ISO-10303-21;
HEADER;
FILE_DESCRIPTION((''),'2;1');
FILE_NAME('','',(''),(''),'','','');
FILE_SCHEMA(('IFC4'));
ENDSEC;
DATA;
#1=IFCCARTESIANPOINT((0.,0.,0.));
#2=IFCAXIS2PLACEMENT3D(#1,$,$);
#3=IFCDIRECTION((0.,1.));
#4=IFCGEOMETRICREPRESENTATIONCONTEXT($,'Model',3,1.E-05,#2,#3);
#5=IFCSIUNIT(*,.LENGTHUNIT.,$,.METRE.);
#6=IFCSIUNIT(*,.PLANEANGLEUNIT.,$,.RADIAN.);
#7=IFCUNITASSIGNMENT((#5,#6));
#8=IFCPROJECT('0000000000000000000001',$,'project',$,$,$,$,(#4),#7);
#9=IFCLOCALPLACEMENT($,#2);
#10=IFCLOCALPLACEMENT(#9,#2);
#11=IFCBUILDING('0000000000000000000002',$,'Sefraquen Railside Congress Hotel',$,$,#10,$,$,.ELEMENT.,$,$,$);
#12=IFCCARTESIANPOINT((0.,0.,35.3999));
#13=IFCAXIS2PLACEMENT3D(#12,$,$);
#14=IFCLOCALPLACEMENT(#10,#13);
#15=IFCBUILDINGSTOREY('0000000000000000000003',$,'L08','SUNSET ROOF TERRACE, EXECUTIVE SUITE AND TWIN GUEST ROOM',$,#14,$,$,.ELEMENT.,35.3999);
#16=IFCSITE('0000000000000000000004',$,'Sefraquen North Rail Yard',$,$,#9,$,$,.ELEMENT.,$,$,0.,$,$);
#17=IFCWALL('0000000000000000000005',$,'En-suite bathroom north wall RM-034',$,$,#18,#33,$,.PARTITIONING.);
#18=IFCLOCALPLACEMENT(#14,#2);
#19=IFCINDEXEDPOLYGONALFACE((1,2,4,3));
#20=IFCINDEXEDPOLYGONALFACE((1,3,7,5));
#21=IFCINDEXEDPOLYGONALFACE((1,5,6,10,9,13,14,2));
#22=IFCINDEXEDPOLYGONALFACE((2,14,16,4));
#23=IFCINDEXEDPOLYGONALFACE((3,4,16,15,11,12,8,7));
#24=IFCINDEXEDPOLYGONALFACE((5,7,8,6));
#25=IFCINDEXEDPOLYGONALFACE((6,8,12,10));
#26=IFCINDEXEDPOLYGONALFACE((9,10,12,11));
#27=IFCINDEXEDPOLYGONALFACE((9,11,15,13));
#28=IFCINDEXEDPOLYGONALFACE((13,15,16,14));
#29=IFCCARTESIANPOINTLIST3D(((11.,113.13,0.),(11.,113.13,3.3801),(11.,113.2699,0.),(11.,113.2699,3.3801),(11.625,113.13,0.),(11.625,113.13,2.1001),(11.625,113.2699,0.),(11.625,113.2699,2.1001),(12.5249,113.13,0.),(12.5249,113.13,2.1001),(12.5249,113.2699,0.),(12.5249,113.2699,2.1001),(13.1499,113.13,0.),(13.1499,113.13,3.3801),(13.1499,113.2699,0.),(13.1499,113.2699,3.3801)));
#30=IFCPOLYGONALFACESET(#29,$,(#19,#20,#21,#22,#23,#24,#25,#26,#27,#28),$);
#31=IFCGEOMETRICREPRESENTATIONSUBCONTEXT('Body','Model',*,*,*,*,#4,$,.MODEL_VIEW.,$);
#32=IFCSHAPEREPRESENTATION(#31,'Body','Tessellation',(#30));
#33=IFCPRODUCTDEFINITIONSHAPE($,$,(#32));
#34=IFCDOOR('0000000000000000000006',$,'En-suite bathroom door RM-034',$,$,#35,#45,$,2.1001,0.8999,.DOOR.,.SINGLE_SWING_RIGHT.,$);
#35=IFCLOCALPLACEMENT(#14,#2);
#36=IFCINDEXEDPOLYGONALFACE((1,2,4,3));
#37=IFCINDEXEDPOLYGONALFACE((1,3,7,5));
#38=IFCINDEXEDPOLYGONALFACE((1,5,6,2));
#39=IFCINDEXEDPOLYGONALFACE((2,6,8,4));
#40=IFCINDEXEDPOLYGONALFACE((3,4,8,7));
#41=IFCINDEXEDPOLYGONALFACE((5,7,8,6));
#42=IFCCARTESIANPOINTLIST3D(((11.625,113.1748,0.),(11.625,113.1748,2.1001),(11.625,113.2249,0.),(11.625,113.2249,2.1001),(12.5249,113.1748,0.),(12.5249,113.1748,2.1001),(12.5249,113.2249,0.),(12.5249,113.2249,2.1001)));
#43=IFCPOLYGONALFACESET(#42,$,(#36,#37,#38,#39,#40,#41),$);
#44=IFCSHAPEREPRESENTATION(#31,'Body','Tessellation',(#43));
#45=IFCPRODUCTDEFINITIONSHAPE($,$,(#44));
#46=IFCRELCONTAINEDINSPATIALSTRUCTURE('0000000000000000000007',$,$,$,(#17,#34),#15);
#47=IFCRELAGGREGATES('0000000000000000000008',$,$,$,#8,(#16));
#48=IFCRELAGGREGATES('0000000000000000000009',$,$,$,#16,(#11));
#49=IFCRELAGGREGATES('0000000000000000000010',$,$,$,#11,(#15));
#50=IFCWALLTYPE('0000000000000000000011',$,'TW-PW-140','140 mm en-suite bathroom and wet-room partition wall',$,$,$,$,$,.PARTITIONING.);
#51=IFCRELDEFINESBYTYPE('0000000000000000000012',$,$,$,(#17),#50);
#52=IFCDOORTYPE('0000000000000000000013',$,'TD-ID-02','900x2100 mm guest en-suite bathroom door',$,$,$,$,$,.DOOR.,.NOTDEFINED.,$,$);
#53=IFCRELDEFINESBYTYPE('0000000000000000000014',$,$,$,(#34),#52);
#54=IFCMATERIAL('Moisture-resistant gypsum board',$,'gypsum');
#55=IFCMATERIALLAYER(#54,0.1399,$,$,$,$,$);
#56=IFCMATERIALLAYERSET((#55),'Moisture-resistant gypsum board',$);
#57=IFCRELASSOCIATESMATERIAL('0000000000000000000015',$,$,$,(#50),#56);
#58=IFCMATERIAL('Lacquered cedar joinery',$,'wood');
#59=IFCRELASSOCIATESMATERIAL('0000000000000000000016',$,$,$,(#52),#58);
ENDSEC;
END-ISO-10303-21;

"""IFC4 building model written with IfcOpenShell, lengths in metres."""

from ifc_helpers import new_model, si_unit, direction, frame, frame_2d, origin, place, context, subcontext, project, spatial, rectangle, extrude, material, layer, layer_set, type_object, element, fill, save


model = new_model("IFC4")

# Units and contexts
model_context = context("Model", 3, precision=1e-05, world=origin(), true_north=direction((0.0, 1.0)))
body_context = subcontext(model_context, "Body", "Model", "MODEL_VIEW")
ifc_project = project(units=[si_unit("LENGTHUNIT", "METRE"), si_unit("PLANEANGLEUNIT", "RADIAN")], contexts=[model_context])

# Site, building, storey
site_placement = place(None, origin())
site = spatial("IfcSite", under=ifc_project, at=site_placement, Name="Sefraquen North Rail Yard", CompositionType="ELEMENT", RefElevation=0.0)
building_placement = place(site_placement, origin())
building = spatial("IfcBuilding", under=site, at=building_placement, Name="Sefraquen Railside Congress Hotel", CompositionType="ELEMENT")
storey_placement = place(building_placement, frame((0.0, 0.0, 35.3999)))
storey = spatial("IfcBuildingStorey", under=building, at=storey_placement, Name="L08", Description="SUNSET ROOF TERRACE, EXECUTIVE SUITE AND TWIN GUEST ROOM", CompositionType="ELEMENT", Elevation=35.3999)

# Wall, opening, door
ifc_material_1 = material(Name="Moisture-resistant gypsum board", Category="gypsum")
ifc_layer = layer(ifc_material_1, 0.1399)
ifc_layer_set = layer_set([ifc_layer], Name="Moisture-resistant gypsum board")
wall_type = type_object("IfcWallType", Name="TW-PW-140", Description="140 mm en-suite bathroom and wet-room partition wall", PredefinedType="PARTITIONING", material=ifc_layer_set)
wall_placement = place(storey_placement, frame((11.0, 113.2, 0.0), z_axis=(0.0, 0.0, 1.0), x_axis=(1.0, 0.0, 0.0)))
wall = element("IfcWall", 1, at=wall_placement, inside=storey, type_object=wall_type, Name="En-suite bathroom north wall RM-034", PredefinedType="PARTITIONING", context=body_context, shape_type="SweptSolid", body=[
    extrude(rectangle(XDim=2.1499, YDim=0.1399, at=frame_2d((1.075, 0.0))), origin(), (0.0, 0.0, 1.0), 3.3801),
])
opening_placement = place(wall_placement, frame((0.625, 0.0, 0.0)))
opening = element("IfcOpeningElement", 2, at=opening_placement, cuts=wall, PredefinedType="OPENING", context=body_context, shape_type="SweptSolid", body=[
    extrude(rectangle(XDim=0.8999, YDim=2.1001, at=frame_2d((0.45, 1.05))), frame((0.0, 0.0798, 0.0), z_axis=(0.0, -1.0, 0.0), x_axis=(1.0, 0.0, 0.0)), (0.0, 0.0, 1.0), 0.1599),
])
ifc_material_2 = material(Name="Lacquered cedar joinery", Category="wood")
door_type = type_object("IfcDoorType", Name="TD-ID-02", Description="900x2100 mm guest en-suite bathroom door", OperationType="NOTDEFINED", PredefinedType="DOOR", material=ifc_material_2)
door_placement = place(opening_placement, origin())
door = element("IfcDoor", 3, at=door_placement, inside=storey, type_object=door_type, Name="En-suite bathroom door RM-034", OperationType="SINGLE_SWING_RIGHT", OverallHeight=2.1001, OverallWidth=0.8999, PredefinedType="DOOR", context=body_context, shape_type="SweptSolid", body=[
    extrude(rectangle(XDim=0.8999, YDim=2.1001, at=frame_2d((0.45, 1.05))), frame((0.0, 0.0249, 0.0), z_axis=(0.0, -1.0, 0.0), x_axis=(1.0, 0.0, 0.0)), (0.0, 0.0, 1.0), 0.05),
])
fill(opening, door)

save(model, "model.ifc")
